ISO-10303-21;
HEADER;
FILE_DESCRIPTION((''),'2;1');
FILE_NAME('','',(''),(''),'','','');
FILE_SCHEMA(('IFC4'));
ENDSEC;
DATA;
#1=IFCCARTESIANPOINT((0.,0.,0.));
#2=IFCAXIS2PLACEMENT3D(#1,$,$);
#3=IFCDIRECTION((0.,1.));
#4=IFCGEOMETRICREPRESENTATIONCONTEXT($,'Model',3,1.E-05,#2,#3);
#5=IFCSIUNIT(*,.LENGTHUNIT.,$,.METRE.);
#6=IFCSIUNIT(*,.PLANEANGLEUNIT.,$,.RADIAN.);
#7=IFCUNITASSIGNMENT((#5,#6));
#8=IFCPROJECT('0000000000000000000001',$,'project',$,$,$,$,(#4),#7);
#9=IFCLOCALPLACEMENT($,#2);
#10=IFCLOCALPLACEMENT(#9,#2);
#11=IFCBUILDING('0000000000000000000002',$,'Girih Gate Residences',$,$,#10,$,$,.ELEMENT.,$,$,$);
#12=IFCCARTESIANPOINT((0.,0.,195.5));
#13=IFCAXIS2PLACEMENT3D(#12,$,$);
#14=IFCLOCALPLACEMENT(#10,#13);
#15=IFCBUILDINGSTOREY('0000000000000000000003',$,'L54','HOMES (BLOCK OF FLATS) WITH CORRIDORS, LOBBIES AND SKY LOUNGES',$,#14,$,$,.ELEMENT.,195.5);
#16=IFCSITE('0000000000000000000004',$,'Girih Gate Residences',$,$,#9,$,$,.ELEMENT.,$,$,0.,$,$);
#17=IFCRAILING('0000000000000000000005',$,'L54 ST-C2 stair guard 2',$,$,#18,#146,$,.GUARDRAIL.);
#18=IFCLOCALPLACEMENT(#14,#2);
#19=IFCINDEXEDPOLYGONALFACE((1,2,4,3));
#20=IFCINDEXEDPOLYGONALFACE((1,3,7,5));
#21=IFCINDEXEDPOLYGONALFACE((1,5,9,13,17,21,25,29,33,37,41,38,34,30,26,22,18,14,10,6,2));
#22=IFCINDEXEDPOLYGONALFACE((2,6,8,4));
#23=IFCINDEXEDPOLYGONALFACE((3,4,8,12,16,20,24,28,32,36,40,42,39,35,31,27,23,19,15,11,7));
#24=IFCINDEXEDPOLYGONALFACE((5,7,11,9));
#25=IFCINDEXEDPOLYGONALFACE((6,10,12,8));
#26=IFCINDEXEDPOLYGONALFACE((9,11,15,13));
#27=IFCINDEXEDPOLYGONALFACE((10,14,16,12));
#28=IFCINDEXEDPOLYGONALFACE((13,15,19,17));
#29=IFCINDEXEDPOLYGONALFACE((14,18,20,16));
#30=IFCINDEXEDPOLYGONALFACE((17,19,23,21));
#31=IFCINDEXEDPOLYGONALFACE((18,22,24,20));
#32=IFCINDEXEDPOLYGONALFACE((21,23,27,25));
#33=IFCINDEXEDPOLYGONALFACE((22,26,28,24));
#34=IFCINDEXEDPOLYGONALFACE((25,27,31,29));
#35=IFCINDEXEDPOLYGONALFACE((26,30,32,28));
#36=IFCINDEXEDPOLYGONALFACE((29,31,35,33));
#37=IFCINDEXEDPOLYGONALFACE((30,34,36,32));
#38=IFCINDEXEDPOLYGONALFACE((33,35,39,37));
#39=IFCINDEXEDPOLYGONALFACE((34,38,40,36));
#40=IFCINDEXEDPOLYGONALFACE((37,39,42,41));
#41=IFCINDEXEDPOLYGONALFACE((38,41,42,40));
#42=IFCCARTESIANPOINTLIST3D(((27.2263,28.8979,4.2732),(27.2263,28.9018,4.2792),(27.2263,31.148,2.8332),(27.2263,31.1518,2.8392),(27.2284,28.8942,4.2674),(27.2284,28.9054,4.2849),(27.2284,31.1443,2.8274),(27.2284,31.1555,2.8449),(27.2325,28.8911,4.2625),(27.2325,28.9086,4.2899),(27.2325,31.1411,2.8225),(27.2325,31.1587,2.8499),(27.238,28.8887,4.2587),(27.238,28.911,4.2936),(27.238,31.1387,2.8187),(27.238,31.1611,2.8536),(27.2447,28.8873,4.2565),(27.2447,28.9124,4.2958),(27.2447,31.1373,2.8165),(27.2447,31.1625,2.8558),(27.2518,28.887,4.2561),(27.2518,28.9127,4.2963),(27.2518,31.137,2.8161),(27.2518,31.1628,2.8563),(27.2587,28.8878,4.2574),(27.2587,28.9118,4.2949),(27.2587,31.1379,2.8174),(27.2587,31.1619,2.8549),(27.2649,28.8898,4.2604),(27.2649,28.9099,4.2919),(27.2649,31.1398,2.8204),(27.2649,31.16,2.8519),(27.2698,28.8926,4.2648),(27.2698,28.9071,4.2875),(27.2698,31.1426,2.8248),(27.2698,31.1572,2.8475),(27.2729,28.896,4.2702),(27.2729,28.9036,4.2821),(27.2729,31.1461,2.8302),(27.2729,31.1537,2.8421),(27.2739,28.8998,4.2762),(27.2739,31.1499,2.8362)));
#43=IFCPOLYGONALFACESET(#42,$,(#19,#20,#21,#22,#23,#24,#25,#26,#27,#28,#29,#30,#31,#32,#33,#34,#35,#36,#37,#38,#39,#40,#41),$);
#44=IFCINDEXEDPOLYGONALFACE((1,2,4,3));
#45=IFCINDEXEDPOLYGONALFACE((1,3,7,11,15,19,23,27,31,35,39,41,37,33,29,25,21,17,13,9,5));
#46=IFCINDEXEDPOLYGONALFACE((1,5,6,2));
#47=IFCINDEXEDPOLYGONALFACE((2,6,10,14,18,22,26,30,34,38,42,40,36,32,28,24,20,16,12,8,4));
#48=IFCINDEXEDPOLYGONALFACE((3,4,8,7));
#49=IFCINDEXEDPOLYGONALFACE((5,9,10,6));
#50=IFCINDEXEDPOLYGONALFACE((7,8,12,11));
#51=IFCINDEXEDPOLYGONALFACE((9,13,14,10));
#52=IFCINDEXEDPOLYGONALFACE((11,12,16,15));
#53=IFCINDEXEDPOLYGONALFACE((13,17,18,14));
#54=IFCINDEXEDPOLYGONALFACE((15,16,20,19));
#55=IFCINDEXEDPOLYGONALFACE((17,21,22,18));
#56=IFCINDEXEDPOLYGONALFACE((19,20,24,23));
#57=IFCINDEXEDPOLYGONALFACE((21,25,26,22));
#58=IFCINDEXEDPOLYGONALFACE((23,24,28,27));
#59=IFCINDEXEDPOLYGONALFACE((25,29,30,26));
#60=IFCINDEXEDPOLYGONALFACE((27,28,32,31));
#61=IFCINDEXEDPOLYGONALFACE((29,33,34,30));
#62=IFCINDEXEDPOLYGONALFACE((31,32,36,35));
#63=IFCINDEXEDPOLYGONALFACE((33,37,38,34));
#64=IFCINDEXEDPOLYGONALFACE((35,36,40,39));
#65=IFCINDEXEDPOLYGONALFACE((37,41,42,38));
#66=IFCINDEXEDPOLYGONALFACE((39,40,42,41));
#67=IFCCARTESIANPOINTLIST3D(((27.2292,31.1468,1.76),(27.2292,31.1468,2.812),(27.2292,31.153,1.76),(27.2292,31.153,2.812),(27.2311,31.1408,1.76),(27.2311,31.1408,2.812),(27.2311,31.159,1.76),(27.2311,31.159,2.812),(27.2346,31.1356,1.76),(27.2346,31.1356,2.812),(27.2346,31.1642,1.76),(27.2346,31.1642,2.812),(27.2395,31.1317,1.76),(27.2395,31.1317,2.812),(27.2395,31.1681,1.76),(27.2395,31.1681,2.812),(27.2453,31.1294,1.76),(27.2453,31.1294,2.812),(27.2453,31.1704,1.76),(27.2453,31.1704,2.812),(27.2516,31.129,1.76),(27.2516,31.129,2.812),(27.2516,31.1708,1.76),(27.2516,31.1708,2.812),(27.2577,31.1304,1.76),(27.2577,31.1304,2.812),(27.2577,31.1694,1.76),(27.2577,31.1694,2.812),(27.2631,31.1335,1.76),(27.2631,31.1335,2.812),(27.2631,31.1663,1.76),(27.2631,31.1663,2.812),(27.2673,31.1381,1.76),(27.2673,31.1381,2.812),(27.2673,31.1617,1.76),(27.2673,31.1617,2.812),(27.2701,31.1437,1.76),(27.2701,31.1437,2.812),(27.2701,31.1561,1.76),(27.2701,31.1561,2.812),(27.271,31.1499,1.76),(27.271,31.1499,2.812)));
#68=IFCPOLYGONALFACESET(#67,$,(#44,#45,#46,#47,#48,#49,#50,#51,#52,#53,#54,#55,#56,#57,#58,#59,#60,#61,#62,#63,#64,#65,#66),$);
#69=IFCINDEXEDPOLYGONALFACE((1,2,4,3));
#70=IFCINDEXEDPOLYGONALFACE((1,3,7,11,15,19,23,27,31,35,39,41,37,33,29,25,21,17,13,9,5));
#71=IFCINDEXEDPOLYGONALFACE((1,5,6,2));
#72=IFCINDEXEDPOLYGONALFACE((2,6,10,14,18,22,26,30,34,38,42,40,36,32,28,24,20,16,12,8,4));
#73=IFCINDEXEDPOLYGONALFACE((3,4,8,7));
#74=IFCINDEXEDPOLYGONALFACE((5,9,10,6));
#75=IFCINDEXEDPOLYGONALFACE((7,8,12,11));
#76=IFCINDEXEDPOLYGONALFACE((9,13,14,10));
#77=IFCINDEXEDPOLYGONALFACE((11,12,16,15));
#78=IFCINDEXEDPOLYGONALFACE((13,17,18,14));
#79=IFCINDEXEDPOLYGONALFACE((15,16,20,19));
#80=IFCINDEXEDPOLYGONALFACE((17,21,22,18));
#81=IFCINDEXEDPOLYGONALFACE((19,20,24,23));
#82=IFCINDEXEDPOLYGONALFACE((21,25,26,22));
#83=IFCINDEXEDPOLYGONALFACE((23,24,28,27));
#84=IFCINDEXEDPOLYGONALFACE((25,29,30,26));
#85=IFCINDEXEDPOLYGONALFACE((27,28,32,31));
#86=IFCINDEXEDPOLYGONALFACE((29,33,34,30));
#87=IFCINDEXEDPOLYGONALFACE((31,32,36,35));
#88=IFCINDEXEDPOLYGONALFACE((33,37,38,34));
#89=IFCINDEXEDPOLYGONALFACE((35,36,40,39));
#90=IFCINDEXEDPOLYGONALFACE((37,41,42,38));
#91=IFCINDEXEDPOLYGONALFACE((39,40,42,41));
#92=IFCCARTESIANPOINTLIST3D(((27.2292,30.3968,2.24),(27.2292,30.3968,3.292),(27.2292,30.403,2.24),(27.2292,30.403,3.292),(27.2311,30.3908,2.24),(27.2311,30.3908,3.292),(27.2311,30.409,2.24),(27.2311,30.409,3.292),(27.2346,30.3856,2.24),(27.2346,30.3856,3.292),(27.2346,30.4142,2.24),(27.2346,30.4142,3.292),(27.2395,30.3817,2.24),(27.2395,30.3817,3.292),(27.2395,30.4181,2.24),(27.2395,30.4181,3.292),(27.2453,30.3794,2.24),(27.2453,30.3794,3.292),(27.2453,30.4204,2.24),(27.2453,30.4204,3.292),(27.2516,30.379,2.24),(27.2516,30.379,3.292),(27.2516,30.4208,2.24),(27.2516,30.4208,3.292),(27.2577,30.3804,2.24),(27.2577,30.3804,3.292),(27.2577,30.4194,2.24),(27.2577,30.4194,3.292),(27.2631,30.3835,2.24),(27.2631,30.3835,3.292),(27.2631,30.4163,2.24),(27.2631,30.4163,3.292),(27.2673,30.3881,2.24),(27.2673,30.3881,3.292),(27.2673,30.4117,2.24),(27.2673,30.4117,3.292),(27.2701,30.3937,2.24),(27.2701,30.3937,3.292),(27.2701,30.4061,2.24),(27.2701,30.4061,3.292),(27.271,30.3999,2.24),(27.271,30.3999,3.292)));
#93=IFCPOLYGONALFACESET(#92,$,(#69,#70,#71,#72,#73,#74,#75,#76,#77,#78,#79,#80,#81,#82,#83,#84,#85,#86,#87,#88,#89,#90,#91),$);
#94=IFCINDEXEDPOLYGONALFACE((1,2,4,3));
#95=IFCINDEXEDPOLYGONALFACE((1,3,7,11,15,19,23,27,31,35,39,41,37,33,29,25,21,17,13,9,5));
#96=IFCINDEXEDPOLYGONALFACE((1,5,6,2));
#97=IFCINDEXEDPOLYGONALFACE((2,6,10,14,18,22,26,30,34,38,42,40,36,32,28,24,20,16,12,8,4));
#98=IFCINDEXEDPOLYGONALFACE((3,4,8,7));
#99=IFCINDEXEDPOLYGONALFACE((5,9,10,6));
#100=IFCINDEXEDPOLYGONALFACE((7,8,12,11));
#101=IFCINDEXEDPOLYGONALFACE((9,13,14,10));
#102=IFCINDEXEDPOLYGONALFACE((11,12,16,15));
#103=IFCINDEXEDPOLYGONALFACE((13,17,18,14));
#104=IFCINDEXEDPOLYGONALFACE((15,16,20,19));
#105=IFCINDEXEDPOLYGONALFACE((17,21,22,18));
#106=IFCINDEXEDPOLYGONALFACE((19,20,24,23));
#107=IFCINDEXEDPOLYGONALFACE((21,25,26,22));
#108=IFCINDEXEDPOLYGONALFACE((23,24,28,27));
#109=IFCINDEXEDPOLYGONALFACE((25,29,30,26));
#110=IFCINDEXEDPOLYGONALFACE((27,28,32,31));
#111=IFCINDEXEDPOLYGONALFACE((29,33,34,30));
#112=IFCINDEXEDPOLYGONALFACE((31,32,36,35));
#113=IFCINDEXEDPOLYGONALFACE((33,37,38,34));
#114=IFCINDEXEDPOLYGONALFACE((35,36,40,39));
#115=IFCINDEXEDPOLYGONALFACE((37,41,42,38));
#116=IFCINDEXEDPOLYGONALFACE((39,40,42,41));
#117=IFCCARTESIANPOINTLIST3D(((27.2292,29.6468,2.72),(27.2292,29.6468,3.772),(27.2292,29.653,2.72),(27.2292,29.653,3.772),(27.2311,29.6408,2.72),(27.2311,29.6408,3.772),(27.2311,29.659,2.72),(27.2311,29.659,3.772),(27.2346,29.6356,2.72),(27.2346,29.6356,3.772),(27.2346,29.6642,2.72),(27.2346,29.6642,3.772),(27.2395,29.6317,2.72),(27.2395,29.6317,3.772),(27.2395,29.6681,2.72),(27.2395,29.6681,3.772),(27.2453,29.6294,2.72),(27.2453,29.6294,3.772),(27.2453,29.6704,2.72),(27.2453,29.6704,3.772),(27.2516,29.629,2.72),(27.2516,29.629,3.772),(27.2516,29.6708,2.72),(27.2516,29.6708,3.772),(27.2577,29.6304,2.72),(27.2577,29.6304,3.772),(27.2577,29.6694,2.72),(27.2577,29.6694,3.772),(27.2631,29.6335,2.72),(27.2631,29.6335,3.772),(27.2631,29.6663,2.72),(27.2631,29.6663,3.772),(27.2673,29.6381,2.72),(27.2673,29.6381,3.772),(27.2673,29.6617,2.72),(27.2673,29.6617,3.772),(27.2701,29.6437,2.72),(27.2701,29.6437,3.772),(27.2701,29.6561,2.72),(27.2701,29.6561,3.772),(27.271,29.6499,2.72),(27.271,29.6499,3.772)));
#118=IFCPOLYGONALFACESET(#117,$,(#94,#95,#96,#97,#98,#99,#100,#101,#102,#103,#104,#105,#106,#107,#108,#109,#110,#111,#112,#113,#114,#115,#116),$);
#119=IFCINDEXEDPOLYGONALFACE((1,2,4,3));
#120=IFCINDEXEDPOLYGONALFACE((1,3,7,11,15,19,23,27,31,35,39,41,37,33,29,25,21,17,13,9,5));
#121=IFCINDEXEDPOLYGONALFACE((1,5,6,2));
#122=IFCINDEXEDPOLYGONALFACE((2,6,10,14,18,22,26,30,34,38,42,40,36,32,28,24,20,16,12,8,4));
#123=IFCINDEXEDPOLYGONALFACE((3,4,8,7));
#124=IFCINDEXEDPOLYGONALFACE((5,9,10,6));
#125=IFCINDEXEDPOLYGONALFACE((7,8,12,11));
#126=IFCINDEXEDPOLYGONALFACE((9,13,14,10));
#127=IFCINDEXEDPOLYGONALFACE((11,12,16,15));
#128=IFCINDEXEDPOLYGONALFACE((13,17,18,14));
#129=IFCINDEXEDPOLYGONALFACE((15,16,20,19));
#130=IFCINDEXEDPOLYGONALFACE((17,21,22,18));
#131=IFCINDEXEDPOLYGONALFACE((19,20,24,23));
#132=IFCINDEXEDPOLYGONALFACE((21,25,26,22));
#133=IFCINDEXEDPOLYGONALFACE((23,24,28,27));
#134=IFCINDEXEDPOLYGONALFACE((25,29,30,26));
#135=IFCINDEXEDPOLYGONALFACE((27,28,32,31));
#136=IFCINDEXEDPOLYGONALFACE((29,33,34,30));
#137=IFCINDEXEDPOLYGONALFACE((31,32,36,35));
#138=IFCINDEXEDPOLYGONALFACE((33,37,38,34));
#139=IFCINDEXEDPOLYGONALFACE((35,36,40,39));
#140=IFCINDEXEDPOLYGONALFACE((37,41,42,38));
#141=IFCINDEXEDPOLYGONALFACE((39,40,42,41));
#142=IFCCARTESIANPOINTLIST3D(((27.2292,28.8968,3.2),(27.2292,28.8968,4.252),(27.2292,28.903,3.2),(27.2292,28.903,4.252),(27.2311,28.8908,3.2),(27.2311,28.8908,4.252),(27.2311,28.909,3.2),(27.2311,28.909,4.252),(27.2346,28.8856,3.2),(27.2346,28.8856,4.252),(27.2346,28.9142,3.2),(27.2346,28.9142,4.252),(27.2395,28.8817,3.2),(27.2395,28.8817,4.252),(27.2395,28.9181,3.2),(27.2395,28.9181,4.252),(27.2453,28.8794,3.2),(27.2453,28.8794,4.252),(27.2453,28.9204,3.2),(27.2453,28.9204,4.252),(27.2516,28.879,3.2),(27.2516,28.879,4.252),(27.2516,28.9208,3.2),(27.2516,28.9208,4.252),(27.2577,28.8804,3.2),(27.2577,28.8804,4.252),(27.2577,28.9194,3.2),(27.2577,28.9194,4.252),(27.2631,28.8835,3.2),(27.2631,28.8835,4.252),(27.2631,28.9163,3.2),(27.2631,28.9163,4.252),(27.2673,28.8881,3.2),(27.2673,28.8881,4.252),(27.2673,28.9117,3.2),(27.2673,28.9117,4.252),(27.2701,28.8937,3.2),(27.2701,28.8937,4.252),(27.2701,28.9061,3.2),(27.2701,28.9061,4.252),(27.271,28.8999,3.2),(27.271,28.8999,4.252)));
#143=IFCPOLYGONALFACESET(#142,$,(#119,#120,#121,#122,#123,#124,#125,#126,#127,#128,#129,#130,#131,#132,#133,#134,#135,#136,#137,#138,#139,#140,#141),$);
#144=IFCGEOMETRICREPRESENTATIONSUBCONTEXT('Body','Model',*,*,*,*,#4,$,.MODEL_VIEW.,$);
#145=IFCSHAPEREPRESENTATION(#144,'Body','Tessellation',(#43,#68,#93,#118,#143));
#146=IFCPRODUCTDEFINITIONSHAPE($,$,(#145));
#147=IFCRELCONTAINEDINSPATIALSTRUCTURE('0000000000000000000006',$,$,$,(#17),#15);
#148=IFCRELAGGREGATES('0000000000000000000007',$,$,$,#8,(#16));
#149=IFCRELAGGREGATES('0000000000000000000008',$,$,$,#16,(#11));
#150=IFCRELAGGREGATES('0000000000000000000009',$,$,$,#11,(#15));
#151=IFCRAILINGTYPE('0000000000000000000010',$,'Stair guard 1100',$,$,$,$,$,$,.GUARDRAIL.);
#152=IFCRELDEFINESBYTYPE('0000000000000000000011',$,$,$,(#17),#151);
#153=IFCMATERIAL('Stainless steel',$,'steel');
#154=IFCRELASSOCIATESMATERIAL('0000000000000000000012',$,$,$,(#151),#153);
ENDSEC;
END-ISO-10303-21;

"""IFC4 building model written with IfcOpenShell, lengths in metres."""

from ifc_helpers import new_model, si_unit, direction, frame, origin, origin_2d, place, context, subcontext, project, spatial, circle, extrude, material, type_object, element, save


model = new_model("IFC4")

# Units and contexts
model_context = context("Model", 3, precision=1e-05, world=origin(), true_north=direction((0.0, 1.0)))
body_context = subcontext(model_context, "Body", "Model", "MODEL_VIEW")
ifc_project = project(units=[si_unit("LENGTHUNIT", "METRE"), si_unit("PLANEANGLEUNIT", "RADIAN")], contexts=[model_context])

# Site, building, storey
site_placement = place(None, origin())
site = spatial("IfcSite", under=ifc_project, at=site_placement, Name="Girih Gate Residences", CompositionType="ELEMENT", RefElevation=0.0)
building_placement = place(site_placement, origin())
building = spatial("IfcBuilding", under=site, at=building_placement, Name="Girih Gate Residences", CompositionType="ELEMENT")
storey_placement = place(building_placement, frame((0.0, 0.0, 195.5)))
storey = spatial("IfcBuildingStorey", under=building, at=storey_placement, Name="L54", Description="HOMES (BLOCK OF FLATS) WITH CORRIDORS, LOBBIES AND SKY LOUNGES", CompositionType="ELEMENT", Elevation=195.5)

# Railing
ifc_material_1 = material(Name="Stainless steel", Category="steel")
railing_type_1 = type_object("IfcRailingType", Name="Stair guard 1100", PredefinedType="GUARDRAIL", material=ifc_material_1)
railing_1_placement = place(storey_placement, frame((27.25, 31.1499, 1.76)))
element("IfcRailing", 1, at=railing_1_placement, inside=storey, type_object=railing_type_1, Name="L54 ST-C2 stair guard 2", PredefinedType="GUARDRAIL", context=body_context, shape_type="SweptSolid", body=[
    extrude(circle(Radius=0.0239, at=origin_2d()), frame((0.0, 0.0, 1.0762), z_axis=(0.0, -0.842281, 0.539038), x_axis=(1.0, 0.0, 0.0)), (0.0, 0.0, 1.0), 2.6714),
    extrude(circle(Radius=0.021, at=origin_2d()), origin(), (0.0, 0.0, 1.0), 1.052),
    extrude(circle(Radius=0.021, at=origin_2d()), frame((0.0, -0.75, 0.48)), (0.0, 0.0, 1.0), 1.052),
    extrude(circle(Radius=0.021, at=origin_2d()), frame((0.0, -1.5, 0.96)), (0.0, 0.0, 1.0), 1.052),
    extrude(circle(Radius=0.021, at=origin_2d()), frame((0.0, -2.25, 1.4399)), (0.0, 0.0, 1.0), 1.052),
])

save(model, "model.ifc")
